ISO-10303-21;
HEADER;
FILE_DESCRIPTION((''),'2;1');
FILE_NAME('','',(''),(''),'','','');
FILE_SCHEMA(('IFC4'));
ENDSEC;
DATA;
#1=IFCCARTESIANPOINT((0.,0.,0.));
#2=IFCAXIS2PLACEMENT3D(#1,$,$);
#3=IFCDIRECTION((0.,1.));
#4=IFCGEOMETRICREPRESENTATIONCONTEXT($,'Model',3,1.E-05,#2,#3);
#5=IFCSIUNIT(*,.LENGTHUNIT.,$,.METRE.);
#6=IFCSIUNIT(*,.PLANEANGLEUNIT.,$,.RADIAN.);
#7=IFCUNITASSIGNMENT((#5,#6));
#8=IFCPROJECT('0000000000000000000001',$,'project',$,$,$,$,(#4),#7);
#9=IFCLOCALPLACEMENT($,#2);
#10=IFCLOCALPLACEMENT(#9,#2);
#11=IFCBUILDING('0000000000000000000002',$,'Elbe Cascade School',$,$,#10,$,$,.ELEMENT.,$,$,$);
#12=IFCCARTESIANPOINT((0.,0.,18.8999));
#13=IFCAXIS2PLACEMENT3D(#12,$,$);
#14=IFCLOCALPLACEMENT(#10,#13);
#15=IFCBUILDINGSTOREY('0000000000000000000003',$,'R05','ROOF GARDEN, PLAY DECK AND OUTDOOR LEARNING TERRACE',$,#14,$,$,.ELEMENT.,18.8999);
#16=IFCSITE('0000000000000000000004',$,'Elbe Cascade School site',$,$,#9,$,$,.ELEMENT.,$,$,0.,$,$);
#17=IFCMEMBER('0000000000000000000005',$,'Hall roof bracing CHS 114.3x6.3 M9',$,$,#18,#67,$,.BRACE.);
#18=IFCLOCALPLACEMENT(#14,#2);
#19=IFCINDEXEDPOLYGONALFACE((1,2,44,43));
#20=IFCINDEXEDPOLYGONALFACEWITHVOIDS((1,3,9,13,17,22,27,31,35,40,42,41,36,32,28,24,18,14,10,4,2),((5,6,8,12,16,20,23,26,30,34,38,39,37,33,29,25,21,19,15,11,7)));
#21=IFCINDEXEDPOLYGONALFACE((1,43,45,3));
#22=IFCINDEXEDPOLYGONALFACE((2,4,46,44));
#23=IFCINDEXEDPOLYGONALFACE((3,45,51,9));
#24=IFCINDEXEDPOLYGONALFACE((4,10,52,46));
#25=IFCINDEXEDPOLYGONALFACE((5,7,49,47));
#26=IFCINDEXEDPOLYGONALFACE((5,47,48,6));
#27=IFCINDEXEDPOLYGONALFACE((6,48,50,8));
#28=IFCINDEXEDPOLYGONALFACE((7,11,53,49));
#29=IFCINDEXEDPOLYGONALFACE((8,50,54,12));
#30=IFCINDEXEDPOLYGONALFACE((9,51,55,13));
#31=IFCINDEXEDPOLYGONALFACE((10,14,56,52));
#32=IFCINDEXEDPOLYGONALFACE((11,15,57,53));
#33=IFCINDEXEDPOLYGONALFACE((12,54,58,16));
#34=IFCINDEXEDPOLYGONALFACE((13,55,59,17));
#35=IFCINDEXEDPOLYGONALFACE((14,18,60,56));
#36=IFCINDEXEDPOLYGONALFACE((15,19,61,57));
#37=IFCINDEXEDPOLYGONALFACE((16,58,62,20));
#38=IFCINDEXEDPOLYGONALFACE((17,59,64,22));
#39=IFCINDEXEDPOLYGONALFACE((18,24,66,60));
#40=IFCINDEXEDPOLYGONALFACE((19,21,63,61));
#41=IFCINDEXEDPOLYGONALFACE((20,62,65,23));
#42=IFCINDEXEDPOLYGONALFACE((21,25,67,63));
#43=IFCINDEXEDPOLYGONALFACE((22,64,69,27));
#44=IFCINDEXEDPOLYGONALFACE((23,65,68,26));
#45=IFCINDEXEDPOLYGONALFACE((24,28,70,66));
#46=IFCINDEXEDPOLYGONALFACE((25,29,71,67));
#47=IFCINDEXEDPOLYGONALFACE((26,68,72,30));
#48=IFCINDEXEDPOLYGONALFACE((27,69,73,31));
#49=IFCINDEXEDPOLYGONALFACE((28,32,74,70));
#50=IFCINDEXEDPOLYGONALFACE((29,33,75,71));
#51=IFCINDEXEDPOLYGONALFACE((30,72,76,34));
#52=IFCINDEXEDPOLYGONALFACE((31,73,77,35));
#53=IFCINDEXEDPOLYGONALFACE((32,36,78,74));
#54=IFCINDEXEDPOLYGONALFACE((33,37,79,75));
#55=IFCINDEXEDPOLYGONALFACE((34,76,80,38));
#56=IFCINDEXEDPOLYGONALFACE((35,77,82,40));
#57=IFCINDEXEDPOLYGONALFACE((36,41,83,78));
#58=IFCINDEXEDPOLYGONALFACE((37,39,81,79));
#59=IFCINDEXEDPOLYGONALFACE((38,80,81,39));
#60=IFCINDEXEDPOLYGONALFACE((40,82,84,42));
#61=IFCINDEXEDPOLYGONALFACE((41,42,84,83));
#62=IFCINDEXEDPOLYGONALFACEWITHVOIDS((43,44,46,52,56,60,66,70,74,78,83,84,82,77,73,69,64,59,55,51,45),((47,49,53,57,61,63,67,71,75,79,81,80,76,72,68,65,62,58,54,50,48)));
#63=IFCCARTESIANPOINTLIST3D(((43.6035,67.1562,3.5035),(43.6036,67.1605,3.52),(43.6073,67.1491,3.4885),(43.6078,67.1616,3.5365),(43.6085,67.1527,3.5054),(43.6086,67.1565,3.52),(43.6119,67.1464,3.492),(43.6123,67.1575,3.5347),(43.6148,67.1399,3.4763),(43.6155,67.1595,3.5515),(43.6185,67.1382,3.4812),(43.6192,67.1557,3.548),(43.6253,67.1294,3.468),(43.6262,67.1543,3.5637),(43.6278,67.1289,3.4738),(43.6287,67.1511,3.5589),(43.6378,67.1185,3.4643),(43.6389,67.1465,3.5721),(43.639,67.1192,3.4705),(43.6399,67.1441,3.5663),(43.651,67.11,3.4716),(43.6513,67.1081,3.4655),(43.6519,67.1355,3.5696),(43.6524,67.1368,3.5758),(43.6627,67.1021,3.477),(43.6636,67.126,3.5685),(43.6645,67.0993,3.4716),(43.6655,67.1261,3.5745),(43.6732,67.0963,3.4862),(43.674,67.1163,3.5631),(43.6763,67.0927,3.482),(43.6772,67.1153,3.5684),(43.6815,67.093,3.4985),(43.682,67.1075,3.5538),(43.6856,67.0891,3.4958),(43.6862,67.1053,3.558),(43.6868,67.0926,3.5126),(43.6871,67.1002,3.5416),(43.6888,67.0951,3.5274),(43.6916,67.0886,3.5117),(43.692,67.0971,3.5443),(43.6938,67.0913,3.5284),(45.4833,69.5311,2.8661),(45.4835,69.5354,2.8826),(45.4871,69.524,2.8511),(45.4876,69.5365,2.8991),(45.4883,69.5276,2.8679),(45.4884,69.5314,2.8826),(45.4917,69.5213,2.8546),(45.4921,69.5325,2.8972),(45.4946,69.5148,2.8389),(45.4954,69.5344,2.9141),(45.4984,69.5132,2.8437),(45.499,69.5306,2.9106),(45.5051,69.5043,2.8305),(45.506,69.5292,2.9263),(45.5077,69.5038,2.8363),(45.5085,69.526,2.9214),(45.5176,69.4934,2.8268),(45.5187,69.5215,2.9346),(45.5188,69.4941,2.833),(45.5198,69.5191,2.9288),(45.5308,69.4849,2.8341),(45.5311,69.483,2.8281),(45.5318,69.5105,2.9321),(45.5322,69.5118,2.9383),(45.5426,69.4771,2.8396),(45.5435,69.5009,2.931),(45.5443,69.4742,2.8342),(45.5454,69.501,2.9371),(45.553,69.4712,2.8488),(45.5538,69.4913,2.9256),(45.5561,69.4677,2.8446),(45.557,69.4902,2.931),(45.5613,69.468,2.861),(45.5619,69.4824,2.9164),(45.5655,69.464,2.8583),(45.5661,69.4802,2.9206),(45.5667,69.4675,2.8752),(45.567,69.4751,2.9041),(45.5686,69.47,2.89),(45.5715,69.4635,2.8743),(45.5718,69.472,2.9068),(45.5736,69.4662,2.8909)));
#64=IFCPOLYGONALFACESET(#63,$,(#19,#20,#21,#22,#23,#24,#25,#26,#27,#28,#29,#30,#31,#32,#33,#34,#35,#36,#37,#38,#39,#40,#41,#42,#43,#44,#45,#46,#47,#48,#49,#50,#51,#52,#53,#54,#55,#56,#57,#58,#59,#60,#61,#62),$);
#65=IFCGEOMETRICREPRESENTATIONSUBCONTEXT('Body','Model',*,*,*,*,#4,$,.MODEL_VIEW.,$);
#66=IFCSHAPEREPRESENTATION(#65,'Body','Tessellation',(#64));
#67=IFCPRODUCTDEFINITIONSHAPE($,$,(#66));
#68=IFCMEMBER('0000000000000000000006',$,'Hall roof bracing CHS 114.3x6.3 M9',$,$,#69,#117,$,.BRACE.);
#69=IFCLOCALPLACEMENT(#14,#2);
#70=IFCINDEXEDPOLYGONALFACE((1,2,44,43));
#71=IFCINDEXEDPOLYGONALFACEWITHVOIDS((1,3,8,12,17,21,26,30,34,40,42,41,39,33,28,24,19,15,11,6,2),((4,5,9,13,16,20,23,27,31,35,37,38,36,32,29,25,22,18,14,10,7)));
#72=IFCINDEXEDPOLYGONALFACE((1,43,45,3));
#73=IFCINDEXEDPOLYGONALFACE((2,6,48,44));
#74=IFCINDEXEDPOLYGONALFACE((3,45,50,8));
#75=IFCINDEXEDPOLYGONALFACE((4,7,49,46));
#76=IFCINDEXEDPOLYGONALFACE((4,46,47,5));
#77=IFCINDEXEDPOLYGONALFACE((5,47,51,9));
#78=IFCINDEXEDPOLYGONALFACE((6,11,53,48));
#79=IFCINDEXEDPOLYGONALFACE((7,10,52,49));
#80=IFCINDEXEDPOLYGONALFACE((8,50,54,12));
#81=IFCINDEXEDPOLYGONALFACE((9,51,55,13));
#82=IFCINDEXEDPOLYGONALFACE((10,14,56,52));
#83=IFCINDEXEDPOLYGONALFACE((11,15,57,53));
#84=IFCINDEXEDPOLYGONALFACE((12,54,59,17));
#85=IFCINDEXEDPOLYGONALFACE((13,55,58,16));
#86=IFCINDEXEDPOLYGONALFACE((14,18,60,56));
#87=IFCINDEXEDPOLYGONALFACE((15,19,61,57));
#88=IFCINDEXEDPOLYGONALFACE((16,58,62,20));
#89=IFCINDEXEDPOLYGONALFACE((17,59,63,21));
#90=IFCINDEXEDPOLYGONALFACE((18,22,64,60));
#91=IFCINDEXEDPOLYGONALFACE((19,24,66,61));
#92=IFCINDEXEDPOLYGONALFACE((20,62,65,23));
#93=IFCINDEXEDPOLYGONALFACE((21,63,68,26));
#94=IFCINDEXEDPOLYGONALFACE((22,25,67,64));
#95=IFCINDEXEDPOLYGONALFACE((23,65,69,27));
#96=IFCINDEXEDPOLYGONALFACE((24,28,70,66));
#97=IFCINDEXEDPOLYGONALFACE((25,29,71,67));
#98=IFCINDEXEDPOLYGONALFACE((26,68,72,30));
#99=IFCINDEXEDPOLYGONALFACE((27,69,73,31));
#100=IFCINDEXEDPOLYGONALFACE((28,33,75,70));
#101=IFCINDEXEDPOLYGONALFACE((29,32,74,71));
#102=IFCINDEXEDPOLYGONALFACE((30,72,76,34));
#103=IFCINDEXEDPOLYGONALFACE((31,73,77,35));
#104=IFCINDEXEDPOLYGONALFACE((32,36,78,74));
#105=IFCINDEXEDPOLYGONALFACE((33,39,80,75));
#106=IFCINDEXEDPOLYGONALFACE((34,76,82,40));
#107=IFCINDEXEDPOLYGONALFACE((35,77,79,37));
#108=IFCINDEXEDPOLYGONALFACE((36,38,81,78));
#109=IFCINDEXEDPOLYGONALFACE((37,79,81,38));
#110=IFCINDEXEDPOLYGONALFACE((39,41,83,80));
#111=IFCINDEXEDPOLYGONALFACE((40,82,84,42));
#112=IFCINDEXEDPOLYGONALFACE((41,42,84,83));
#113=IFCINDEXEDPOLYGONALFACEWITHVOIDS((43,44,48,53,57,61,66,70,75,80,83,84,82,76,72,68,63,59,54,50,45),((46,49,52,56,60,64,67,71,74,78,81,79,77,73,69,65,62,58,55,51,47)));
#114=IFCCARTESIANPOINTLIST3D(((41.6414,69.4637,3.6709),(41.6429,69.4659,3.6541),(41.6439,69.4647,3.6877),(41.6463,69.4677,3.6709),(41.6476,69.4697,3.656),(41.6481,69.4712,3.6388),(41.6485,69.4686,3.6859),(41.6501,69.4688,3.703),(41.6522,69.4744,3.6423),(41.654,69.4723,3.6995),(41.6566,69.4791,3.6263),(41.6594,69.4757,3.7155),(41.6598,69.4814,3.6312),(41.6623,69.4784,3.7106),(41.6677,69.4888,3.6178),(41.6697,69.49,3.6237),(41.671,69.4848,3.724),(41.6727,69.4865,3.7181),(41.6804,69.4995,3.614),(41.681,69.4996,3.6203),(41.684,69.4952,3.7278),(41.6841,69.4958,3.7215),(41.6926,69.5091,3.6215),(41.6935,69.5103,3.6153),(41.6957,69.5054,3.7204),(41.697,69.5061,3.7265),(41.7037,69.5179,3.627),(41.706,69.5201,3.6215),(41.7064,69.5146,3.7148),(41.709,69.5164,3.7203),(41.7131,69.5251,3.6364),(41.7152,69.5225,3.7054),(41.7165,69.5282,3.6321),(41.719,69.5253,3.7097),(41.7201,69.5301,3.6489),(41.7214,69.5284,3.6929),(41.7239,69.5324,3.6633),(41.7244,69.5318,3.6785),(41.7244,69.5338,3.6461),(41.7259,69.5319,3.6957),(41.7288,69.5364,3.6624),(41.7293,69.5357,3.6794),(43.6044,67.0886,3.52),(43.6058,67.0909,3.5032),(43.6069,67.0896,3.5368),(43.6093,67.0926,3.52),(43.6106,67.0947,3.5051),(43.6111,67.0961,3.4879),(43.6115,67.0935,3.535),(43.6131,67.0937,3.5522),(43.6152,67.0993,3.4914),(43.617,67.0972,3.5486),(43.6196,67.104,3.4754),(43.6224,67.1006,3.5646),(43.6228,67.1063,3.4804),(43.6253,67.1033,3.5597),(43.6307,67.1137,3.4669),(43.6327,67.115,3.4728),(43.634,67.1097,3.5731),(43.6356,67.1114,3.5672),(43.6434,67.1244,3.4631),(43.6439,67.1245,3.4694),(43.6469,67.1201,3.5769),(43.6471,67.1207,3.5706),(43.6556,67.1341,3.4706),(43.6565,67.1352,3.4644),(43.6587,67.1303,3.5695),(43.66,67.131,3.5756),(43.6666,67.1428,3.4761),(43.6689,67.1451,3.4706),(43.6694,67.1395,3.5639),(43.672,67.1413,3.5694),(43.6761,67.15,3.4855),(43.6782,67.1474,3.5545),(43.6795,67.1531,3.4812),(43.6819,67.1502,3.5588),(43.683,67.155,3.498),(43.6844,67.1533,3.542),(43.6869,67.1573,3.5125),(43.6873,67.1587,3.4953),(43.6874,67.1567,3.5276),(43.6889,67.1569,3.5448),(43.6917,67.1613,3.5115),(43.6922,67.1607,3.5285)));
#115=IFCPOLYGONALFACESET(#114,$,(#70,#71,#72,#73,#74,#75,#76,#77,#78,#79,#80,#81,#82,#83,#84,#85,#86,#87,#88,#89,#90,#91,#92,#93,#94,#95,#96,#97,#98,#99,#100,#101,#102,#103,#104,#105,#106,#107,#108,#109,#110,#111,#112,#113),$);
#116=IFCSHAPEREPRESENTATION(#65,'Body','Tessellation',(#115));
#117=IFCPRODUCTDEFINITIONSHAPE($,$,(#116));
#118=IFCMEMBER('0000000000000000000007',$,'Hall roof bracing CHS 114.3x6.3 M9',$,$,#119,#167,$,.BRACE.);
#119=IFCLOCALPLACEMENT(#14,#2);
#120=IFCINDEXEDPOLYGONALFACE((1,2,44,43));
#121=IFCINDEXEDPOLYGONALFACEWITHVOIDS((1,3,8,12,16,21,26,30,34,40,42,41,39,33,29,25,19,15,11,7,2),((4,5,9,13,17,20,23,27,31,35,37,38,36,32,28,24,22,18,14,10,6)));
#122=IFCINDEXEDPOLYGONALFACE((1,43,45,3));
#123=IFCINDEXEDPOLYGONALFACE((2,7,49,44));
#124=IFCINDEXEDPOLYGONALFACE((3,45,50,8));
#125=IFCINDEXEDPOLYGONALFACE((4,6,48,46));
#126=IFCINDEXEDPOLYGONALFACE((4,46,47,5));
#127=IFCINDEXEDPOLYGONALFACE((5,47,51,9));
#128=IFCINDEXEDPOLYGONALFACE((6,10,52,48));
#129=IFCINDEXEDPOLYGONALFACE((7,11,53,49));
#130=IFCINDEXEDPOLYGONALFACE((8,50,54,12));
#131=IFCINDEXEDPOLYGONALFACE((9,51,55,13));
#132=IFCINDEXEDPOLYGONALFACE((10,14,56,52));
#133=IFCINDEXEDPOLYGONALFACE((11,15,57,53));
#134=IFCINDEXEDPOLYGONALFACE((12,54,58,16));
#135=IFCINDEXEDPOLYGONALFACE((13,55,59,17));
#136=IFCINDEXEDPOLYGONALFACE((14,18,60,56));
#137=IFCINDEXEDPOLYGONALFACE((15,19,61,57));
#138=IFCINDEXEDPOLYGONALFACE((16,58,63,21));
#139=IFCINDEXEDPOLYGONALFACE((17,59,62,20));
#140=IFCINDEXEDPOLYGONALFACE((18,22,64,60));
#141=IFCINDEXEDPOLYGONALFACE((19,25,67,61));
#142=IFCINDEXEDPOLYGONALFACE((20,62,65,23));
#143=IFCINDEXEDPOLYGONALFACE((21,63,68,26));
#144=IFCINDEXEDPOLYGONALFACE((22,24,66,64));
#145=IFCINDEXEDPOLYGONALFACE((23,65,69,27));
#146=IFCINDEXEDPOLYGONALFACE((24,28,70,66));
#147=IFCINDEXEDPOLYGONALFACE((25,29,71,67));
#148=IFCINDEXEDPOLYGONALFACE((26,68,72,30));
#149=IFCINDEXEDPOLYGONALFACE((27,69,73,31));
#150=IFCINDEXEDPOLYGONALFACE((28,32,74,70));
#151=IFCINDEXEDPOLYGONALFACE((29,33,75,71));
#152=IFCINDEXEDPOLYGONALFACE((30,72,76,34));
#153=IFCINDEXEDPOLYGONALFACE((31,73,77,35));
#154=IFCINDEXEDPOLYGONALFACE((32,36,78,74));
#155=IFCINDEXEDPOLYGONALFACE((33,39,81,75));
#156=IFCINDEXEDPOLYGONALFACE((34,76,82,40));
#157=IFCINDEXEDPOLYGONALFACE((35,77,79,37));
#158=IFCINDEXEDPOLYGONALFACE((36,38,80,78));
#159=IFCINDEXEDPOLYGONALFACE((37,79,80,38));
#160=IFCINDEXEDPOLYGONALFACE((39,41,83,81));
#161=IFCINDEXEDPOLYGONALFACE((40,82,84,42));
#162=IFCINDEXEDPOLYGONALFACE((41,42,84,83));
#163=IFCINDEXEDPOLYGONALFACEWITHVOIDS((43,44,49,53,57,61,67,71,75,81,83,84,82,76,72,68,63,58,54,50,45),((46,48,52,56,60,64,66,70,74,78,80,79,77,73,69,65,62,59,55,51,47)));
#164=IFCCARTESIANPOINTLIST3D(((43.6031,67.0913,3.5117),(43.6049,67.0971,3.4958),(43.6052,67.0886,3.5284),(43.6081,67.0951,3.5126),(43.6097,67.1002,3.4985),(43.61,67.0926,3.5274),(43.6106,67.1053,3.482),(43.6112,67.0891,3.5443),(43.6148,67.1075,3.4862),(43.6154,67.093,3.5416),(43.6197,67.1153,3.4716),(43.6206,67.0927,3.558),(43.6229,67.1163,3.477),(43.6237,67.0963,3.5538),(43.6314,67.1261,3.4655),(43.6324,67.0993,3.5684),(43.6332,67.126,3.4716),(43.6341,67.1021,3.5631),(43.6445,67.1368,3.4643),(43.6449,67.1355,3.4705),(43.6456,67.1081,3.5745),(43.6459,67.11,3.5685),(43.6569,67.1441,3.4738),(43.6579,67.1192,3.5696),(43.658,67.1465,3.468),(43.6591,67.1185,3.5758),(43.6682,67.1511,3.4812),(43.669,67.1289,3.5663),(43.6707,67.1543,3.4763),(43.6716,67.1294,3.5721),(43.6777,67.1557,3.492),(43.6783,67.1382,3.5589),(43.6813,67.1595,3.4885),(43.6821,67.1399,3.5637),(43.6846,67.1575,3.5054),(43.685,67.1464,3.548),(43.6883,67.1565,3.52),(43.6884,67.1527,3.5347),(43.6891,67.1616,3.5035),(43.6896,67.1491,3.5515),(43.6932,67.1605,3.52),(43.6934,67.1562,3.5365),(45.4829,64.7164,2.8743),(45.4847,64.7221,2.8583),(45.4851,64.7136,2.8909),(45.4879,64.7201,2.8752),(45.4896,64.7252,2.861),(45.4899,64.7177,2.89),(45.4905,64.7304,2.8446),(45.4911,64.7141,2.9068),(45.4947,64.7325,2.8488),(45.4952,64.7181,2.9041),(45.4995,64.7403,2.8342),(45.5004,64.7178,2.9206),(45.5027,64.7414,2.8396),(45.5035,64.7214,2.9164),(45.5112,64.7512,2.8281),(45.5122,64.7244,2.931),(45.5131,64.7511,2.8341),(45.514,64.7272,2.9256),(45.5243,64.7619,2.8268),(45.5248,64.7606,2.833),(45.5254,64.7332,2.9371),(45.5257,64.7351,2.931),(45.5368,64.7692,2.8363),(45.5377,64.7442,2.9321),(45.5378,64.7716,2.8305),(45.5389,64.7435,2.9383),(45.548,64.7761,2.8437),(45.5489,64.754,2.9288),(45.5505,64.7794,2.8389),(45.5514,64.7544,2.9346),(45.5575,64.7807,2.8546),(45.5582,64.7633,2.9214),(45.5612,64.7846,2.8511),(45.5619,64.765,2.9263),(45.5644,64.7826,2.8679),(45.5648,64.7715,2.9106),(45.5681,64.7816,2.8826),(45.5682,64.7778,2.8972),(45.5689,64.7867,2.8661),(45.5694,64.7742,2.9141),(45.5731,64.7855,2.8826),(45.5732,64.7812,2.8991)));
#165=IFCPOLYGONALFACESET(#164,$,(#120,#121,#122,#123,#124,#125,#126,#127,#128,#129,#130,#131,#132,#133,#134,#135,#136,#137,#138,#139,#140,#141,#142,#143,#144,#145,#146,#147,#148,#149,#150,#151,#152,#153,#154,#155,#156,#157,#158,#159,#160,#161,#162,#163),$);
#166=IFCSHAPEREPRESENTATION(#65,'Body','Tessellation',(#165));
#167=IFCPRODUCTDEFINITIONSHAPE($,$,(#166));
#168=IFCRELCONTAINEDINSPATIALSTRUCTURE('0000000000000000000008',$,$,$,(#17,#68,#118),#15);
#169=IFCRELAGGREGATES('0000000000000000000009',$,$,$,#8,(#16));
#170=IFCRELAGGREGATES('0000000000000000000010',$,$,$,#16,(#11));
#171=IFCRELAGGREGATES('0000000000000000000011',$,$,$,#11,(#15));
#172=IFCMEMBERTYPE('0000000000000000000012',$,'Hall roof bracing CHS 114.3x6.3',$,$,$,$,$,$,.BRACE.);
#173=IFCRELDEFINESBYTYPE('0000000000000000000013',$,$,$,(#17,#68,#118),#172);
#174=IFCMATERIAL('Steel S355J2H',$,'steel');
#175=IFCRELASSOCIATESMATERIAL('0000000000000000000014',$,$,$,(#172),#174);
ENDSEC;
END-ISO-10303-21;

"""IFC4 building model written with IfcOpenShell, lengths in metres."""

from ifc_helpers import new_model, si_unit, direction, frame, origin, origin_2d, place, context, subcontext, project, spatial, hollow_circle, extrude, material, material_profile, profile_set, type_object, element, save


model = new_model("IFC4")

# Units and contexts
model_context = context("Model", 3, precision=1e-05, world=origin(), true_north=direction((0.0, 1.0)))
body_context = subcontext(model_context, "Body", "Model", "MODEL_VIEW")
ifc_project = project(units=[si_unit("LENGTHUNIT", "METRE"), si_unit("PLANEANGLEUNIT", "RADIAN")], contexts=[model_context])

# Site, building, storey
site_placement = place(None, origin())
site = spatial("IfcSite", under=ifc_project, at=site_placement, Name="Elbe Cascade School site", CompositionType="ELEMENT", RefElevation=0.0)
building_placement = place(site_placement, origin())
building = spatial("IfcBuilding", under=site, at=building_placement, Name="Elbe Cascade School", CompositionType="ELEMENT")
storey_placement = place(building_placement, frame((0.0, 0.0, 18.8999)))
storey = spatial("IfcBuildingStorey", under=building, at=storey_placement, Name="R05", Description="ROOF GARDEN, PLAY DECK AND OUTDOOR LEARNING TERRACE", CompositionType="ELEMENT", Elevation=18.8999)

# Members
ifc_material_1 = material(Name="Steel S355J2H", Category="steel")
ifc_material_profile_1 = material_profile(ifc_material_1, hollow_circle(Radius=0.0571, WallThickness=0.0063, at=origin_2d()), Name="CHS 114.3x6.3")
ifc_profile_set_1 = profile_set([ifc_material_profile_1], Name="Steel S355J2H")
member_type_1 = type_object("IfcMemberType", Name="Hall roof bracing CHS 114.3x6.3", PredefinedType="BRACE", material=ifc_profile_set_1)
member_1_placement = place(storey_placement, frame((43.6484, 67.125, 3.52), z_axis=(0.607333, 0.76729, -0.205941), x_axis=(-0.784098, 0.620637, 0.0)))
element("IfcMember", 1, at=member_1_placement, inside=storey, type_object=member_type_1, Name="Hall roof bracing CHS 114.3x6.3 M9", PredefinedType="BRACE", context=body_context, shape_type="SweptSolid", body=[
    extrude(hollow_circle(Radius=0.0571, WallThickness=0.0063, at=origin_2d()), origin(), (0.0, 0.0, 1.0), 3.0952),
])
member_2_placement = place(storey_placement, frame((43.6484, 67.125, 3.52), z_axis=(-0.636299, 0.76989, 0.04891), x_axis=(-0.770813, -0.637062, 0.0)))
element("IfcMember", 2, at=member_2_placement, inside=storey, type_object=member_type_1, Name="Hall roof bracing CHS 114.3x6.3 M9", PredefinedType="BRACE", context=body_context, shape_type="SweptSolid", body=[
    extrude(hollow_circle(Radius=0.0571, WallThickness=0.0063, at=origin_2d()), origin(), (0.0, 0.0, 1.0), 3.085),
])
member_3_placement = place(storey_placement, frame((43.6484, 67.125, 3.52), z_axis=(0.607333, -0.76729, -0.205941), x_axis=(0.784098, 0.620637, 0.0)))
element("IfcMember", 3, at=member_3_placement, inside=storey, type_object=member_type_1, Name="Hall roof bracing CHS 114.3x6.3 M9", PredefinedType="BRACE", context=body_context, shape_type="SweptSolid", body=[
    extrude(hollow_circle(Radius=0.0571, WallThickness=0.0063, at=origin_2d()), origin(), (0.0, 0.0, 1.0), 3.0952),
])

save(model, "model.ifc")
